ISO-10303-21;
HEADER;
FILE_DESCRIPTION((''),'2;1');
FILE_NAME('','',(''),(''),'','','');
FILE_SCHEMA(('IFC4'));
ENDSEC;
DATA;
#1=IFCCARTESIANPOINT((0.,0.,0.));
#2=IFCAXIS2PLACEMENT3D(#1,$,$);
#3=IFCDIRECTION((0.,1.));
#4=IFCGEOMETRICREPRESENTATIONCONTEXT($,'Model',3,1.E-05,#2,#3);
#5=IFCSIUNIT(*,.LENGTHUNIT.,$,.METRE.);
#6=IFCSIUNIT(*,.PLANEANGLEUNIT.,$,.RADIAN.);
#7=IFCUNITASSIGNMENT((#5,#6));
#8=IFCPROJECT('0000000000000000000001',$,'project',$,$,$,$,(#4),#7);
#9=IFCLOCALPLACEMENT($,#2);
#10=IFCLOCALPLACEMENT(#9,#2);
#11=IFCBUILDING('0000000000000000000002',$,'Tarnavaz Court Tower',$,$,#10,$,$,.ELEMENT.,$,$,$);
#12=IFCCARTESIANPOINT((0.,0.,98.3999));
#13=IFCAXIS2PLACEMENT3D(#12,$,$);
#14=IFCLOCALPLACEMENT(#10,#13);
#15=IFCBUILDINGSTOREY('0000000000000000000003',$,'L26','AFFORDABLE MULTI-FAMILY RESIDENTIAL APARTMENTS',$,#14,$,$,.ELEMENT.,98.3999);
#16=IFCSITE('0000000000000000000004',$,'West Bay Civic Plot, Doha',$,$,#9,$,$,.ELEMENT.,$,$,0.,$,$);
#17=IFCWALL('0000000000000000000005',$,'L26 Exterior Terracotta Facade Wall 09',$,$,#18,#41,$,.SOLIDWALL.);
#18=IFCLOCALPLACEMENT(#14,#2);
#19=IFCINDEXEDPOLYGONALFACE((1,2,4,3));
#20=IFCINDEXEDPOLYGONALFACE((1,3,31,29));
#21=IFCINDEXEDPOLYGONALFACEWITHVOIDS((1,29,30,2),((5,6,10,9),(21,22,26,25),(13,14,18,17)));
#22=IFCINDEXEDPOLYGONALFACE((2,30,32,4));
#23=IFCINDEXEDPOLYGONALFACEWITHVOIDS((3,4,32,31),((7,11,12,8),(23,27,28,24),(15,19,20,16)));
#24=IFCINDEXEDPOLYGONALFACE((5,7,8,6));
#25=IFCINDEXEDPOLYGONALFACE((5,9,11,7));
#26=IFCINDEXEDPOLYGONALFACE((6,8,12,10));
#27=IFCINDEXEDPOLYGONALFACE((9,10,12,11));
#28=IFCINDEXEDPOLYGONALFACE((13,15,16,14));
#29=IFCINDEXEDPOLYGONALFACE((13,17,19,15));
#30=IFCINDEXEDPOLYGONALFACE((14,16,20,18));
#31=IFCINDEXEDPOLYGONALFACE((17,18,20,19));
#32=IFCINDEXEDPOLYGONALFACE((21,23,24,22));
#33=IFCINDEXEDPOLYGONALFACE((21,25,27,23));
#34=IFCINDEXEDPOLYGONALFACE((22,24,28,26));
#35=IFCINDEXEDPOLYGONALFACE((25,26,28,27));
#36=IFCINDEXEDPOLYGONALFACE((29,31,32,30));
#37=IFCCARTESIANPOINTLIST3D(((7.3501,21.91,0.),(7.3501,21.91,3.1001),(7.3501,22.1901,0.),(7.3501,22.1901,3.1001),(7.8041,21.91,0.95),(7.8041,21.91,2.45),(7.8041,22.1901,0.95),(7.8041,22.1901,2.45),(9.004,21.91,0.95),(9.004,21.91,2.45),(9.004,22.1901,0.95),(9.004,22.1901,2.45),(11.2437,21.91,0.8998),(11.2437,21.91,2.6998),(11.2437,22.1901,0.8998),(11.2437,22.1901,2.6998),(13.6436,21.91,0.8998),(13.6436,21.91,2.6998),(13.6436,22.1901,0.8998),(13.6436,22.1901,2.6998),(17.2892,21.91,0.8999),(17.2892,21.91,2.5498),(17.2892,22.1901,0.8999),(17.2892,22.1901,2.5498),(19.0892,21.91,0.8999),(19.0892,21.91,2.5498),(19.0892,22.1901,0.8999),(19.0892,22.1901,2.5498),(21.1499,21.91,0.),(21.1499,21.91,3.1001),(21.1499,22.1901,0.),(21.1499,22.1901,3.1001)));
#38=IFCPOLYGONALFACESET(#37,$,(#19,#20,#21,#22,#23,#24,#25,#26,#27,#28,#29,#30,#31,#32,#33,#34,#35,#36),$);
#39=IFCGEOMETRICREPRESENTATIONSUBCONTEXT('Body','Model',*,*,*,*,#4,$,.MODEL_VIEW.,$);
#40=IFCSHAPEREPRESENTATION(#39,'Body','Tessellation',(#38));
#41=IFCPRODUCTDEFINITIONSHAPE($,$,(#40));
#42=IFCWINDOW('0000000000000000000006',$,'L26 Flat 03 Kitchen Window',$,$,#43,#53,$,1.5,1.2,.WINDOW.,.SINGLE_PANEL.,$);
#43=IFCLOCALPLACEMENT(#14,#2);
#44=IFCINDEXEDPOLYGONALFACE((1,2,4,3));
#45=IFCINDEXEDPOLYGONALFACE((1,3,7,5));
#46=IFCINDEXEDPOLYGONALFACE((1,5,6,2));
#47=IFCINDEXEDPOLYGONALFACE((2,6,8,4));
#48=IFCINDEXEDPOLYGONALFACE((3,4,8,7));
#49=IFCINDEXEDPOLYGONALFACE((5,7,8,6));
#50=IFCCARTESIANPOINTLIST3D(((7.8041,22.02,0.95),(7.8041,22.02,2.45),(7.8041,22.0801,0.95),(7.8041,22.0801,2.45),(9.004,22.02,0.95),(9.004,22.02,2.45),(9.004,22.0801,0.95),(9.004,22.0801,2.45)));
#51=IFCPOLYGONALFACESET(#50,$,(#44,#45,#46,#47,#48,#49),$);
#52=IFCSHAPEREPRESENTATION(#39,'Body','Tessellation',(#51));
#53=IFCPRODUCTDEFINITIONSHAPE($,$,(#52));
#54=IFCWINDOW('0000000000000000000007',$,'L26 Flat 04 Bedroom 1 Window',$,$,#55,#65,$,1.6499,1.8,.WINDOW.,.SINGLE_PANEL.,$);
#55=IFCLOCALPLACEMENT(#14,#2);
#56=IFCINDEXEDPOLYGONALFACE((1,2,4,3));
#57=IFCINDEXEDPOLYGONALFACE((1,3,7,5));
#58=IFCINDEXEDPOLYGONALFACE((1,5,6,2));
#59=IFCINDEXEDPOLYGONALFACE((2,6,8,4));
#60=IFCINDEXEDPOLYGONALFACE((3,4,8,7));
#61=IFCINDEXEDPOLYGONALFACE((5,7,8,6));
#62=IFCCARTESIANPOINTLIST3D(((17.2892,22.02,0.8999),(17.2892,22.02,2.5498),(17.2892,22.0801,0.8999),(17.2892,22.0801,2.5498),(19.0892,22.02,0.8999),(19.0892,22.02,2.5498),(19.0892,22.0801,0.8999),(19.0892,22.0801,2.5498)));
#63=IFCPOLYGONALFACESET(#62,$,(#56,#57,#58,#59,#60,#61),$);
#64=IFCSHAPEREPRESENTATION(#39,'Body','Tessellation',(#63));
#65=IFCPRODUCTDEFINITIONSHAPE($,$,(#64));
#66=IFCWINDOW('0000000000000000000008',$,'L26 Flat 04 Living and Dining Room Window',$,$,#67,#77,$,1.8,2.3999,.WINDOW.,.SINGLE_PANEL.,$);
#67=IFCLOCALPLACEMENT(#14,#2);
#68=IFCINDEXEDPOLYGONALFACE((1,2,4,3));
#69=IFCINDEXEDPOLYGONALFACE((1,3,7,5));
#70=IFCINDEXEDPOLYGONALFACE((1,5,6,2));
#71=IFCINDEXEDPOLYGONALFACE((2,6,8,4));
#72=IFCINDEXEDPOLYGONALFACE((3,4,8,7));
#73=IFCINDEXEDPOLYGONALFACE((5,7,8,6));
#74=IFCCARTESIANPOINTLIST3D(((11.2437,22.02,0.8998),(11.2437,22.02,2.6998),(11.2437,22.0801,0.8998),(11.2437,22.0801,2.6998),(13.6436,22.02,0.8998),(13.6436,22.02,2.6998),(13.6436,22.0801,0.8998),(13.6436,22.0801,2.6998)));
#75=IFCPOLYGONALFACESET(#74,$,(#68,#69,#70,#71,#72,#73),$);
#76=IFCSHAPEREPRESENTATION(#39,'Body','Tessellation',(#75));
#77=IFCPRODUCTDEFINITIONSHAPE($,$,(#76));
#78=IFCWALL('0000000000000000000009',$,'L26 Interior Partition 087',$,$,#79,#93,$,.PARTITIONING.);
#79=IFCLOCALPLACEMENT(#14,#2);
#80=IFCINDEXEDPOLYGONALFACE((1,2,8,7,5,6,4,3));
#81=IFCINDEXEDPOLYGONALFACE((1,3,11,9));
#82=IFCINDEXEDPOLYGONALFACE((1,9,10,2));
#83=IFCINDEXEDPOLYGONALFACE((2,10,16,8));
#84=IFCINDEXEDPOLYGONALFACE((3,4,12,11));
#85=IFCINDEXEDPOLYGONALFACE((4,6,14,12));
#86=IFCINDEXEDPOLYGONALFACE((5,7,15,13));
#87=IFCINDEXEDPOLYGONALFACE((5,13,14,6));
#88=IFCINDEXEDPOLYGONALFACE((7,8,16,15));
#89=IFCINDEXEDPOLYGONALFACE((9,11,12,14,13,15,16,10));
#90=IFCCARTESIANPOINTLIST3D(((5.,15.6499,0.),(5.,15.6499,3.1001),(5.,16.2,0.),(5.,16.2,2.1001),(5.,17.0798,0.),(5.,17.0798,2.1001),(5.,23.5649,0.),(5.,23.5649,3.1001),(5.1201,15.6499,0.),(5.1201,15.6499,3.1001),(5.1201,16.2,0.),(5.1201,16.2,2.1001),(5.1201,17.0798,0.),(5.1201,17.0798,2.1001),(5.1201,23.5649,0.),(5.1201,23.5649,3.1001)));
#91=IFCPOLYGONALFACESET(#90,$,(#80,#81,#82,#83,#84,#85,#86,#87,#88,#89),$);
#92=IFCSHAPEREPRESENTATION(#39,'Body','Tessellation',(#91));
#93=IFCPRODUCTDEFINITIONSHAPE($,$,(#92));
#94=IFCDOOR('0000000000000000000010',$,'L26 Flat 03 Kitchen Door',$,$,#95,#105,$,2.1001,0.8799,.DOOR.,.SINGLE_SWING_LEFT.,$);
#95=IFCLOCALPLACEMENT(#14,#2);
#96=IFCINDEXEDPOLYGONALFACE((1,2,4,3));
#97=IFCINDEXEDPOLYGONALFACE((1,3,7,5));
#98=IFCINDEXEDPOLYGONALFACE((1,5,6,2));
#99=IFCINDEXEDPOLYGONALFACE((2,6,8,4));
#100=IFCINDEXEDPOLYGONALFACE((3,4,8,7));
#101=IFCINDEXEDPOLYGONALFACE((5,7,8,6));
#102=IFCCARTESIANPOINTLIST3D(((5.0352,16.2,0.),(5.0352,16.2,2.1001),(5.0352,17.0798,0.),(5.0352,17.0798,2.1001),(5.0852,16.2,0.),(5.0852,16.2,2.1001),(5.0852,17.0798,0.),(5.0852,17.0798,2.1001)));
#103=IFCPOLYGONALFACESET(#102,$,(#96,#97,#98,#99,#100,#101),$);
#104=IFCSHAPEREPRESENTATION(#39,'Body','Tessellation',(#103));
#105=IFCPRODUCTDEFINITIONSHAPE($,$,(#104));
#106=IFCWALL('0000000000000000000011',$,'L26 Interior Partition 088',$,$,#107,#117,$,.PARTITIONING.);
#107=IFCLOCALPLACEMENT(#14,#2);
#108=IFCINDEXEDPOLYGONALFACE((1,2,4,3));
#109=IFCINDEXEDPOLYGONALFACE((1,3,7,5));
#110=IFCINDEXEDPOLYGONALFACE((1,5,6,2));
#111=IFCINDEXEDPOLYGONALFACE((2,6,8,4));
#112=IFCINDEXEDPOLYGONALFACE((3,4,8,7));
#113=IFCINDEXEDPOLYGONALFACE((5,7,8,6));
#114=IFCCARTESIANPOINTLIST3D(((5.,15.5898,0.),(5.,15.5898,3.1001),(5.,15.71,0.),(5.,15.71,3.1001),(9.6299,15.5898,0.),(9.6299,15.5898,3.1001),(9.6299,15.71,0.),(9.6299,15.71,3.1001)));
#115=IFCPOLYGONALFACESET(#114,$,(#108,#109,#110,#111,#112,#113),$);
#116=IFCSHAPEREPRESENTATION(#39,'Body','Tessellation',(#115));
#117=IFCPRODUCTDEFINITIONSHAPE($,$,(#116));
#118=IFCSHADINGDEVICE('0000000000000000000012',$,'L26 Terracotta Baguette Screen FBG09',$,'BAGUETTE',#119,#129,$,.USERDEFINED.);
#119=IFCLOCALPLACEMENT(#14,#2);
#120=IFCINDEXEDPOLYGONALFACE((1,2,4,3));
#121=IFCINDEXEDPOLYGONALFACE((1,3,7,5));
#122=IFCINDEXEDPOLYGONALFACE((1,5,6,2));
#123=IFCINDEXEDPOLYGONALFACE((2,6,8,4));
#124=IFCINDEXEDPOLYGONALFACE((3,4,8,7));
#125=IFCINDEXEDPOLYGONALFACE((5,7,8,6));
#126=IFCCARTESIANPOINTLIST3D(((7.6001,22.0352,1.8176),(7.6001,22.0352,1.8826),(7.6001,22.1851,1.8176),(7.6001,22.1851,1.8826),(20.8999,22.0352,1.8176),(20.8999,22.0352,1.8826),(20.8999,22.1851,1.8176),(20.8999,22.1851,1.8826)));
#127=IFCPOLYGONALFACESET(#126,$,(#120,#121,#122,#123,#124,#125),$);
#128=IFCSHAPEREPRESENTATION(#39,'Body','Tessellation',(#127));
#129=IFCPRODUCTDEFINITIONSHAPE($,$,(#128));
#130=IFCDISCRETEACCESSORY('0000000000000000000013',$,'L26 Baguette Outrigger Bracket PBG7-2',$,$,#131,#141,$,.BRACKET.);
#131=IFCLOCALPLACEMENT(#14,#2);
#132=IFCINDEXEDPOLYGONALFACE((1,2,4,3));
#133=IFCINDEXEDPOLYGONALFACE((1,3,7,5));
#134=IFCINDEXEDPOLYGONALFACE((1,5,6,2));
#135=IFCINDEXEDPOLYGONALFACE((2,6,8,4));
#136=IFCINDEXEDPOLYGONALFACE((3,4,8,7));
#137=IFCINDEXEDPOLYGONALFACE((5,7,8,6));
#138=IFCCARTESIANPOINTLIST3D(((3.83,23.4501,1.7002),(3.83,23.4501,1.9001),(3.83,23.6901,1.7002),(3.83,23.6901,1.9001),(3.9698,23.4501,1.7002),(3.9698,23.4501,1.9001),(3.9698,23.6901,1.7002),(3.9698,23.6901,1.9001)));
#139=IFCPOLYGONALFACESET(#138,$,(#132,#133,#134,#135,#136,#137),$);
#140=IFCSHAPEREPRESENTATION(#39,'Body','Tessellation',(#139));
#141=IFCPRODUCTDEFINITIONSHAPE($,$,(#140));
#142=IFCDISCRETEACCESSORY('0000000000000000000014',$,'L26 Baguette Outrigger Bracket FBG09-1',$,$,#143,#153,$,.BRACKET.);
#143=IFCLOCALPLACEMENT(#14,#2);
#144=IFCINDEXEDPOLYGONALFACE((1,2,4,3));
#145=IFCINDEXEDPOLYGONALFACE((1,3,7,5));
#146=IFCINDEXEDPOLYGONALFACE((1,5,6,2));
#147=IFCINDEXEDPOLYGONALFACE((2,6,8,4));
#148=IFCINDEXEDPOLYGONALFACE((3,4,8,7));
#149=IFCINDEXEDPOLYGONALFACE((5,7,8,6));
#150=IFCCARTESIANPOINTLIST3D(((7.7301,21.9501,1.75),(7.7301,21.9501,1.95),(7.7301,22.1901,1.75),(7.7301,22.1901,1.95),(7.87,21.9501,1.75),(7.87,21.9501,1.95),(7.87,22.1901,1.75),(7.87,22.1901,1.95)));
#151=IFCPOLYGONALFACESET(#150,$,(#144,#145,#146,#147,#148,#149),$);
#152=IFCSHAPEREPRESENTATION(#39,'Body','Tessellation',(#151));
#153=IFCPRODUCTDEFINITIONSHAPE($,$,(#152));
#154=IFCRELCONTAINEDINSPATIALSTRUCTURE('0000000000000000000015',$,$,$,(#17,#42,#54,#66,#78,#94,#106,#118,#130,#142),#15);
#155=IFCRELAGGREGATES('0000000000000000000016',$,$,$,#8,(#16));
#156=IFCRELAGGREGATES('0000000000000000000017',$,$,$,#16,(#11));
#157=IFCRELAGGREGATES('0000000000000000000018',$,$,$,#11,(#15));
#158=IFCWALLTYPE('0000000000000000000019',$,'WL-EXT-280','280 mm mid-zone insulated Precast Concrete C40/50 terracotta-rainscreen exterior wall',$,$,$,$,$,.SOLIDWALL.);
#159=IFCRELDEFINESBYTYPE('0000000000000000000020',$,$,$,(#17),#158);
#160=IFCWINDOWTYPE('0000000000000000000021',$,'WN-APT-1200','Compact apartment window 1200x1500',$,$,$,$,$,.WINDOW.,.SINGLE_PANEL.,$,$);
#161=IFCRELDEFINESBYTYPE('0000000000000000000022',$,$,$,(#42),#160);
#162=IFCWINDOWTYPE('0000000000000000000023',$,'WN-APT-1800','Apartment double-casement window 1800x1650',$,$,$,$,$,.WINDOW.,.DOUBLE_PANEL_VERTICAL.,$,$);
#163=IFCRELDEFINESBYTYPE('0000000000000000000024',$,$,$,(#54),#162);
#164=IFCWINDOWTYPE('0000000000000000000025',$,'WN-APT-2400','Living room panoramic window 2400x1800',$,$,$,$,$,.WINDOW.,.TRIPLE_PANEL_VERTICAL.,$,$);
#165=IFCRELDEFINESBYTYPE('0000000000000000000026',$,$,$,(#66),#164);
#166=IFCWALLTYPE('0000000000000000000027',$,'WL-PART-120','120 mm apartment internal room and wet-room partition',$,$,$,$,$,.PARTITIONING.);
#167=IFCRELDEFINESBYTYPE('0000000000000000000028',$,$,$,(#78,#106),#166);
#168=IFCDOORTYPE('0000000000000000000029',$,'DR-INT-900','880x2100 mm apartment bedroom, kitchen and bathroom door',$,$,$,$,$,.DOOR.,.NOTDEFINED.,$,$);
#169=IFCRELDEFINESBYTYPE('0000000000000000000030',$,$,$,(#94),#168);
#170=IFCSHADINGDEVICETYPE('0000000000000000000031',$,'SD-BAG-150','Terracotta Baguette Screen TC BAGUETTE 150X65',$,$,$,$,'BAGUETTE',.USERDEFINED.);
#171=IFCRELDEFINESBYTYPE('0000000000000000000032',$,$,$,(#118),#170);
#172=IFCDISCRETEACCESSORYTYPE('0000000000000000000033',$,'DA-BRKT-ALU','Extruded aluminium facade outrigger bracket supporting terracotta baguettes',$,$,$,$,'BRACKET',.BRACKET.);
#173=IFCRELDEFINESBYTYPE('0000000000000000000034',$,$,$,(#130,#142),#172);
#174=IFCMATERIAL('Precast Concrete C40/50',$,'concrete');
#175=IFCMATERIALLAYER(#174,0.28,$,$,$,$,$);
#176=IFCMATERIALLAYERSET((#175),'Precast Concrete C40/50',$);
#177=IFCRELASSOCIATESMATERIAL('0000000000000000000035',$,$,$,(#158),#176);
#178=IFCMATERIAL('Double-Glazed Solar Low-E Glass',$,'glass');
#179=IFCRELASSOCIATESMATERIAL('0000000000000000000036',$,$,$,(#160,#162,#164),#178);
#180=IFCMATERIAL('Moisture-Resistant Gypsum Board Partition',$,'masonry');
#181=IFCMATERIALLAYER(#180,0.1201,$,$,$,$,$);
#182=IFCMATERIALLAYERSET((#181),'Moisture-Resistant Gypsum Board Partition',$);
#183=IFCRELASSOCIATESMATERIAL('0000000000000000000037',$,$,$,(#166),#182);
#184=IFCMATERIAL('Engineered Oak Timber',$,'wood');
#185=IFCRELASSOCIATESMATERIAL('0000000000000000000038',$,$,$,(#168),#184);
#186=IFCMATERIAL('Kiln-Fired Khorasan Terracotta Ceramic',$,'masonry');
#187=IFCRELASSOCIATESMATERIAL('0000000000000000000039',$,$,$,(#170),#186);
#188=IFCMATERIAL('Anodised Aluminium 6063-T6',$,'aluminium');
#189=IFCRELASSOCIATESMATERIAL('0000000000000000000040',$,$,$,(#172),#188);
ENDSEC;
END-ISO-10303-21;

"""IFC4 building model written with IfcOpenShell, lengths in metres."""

from ifc_helpers import new_model, si_unit, direction, frame, frame_2d, origin, origin_2d, place, context, subcontext, project, spatial, rectangle, extrude, material, layer, layer_set, material_profile, profile_set, type_object, element, fill, save


model = new_model("IFC4")

# Units and contexts
model_context = context("Model", 3, precision=1e-05, world=origin(), true_north=direction((0.0, 1.0)))
body_context = subcontext(model_context, "Body", "Model", "MODEL_VIEW")
ifc_project = project(units=[si_unit("LENGTHUNIT", "METRE"), si_unit("PLANEANGLEUNIT", "RADIAN")], contexts=[model_context])

# Site, building, storey
site_placement = place(None, origin())
site = spatial("IfcSite", under=ifc_project, at=site_placement, Name="West Bay Civic Plot, Doha", CompositionType="ELEMENT", RefElevation=0.0)
building_placement = place(site_placement, origin())
building = spatial("IfcBuilding", under=site, at=building_placement, Name="Tarnavaz Court Tower", CompositionType="ELEMENT")
storey_placement = place(building_placement, frame((0.0, 0.0, 98.3999)))
storey = spatial("IfcBuildingStorey", under=building, at=storey_placement, Name="L26", Description="AFFORDABLE MULTI-FAMILY RESIDENTIAL APARTMENTS", CompositionType="ELEMENT", Elevation=98.3999)

# Shared definitions
ifc_material_1 = material(Name="Anodised Aluminium 6063-T6", Category="aluminium")
ifc_material_2 = material(Name="Double-Glazed Solar Low-E Glass", Category="glass")

# Shared definitions
ifc_material_3 = material(Name="Precast Concrete C40/50", Category="concrete")
ifc_layer_1 = layer(ifc_material_3, 0.28)
ifc_layer_set_1 = layer_set([ifc_layer_1], Name="Precast Concrete C40/50")
wall_type_1 = type_object("IfcWallType", Name="WL-EXT-280", Description="280 mm mid-zone insulated Precast Concrete C40/50 terracotta-rainscreen exterior wall", PredefinedType="SOLIDWALL", material=ifc_layer_set_1)
window_type_1 = type_object("IfcWindowType", Name="WN-APT-1200", Description="Compact apartment window 1200x1500", PartitioningType="SINGLE_PANEL", PredefinedType="WINDOW", material=ifc_material_2)

# Wall, openings, windows
wall_1_placement = place(storey_placement, frame((7.3501, 22.05, 0.0), z_axis=(0.0, 0.0, 1.0), x_axis=(1.0, 0.0, 0.0)))
wall_1 = element("IfcWall", 1, at=wall_1_placement, inside=storey, type_object=wall_type_1, Name="L26 Exterior Terracotta Facade Wall 09", PredefinedType="SOLIDWALL", context=body_context, shape_type="SweptSolid", body=[
    extrude(rectangle(XDim=13.7998, YDim=0.28, at=frame_2d((6.8999, 0.0))), origin(), (0.0, 0.0, 1.0), 3.1001),
])
opening_1_placement = place(wall_1_placement, frame((0.4539, 0.0, 0.95)))
opening_1 = element("IfcOpeningElement", 2, at=opening_1_placement, cuts=wall_1, PredefinedType="OPENING", context=body_context, shape_type="SweptSolid", body=[
    extrude(rectangle(XDim=1.2, YDim=1.5, at=frame_2d((0.6001, 0.75))), frame((0.0, 0.1499, 0.0), z_axis=(0.0, -1.0, 0.0), x_axis=(1.0, 0.0, 0.0)), (0.0, 0.0, 1.0), 0.3),
])
opening_2_placement = place(wall_1_placement, frame((3.8936, 0.0, 0.8999)))
opening_2 = element("IfcOpeningElement", 3, at=opening_2_placement, cuts=wall_1, PredefinedType="OPENING", context=body_context, shape_type="SweptSolid", body=[
    extrude(rectangle(XDim=2.3999, YDim=1.8, at=frame_2d((1.2, 0.8999))), frame((0.0, 0.1499, 0.0), z_axis=(0.0, -1.0, 0.0), x_axis=(1.0, 0.0, 0.0)), (0.0, 0.0, 1.0), 0.3),
])
opening_3_placement = place(wall_1_placement, frame((9.9392, 0.0, 0.8999)))
opening_3 = element("IfcOpeningElement", 4, at=opening_3_placement, cuts=wall_1, PredefinedType="OPENING", context=body_context, shape_type="SweptSolid", body=[
    extrude(rectangle(XDim=1.8, YDim=1.6499, at=frame_2d((0.8999, 0.825))), frame((0.0, 0.1499, 0.0), z_axis=(0.0, -1.0, 0.0), x_axis=(1.0, 0.0, 0.0)), (0.0, 0.0, 1.0), 0.3),
])
window_1_placement = place(opening_1_placement, origin())
window_1 = element("IfcWindow", 5, at=window_1_placement, inside=storey, type_object=window_type_1, Name="L26 Flat 03 Kitchen Window", OverallHeight=1.5, OverallWidth=1.2, PartitioningType="SINGLE_PANEL", PredefinedType="WINDOW", context=body_context, shape_type="SweptSolid", body=[
    extrude(rectangle(XDim=1.2, YDim=1.5, at=frame_2d((0.6001, 0.75))), frame((0.0, 0.03, 0.0), z_axis=(0.0, -1.0, 0.0), x_axis=(1.0, 0.0, 0.0)), (0.0, 0.0, 1.0), 0.0601),
])
fill(opening_1, window_1)
window_type_2 = type_object("IfcWindowType", Name="WN-APT-1800", Description="Apartment double-casement window 1800x1650", PartitioningType="DOUBLE_PANEL_VERTICAL", PredefinedType="WINDOW", material=ifc_material_2)
window_2_placement = place(opening_3_placement, origin())
window_2 = element("IfcWindow", 6, at=window_2_placement, inside=storey, type_object=window_type_2, Name="L26 Flat 04 Bedroom 1 Window", OverallHeight=1.6499, OverallWidth=1.8, PartitioningType="SINGLE_PANEL", PredefinedType="WINDOW", context=body_context, shape_type="SweptSolid", body=[
    extrude(rectangle(XDim=1.8, YDim=1.6499, at=frame_2d((0.8999, 0.825))), frame((0.0, 0.03, 0.0), z_axis=(0.0, -1.0, 0.0), x_axis=(1.0, 0.0, 0.0)), (0.0, 0.0, 1.0), 0.0601),
])
fill(opening_3, window_2)
window_type_3 = type_object("IfcWindowType", Name="WN-APT-2400", Description="Living room panoramic window 2400x1800", PartitioningType="TRIPLE_PANEL_VERTICAL", PredefinedType="WINDOW", material=ifc_material_2)
window_3_placement = place(opening_2_placement, origin())
window_3 = element("IfcWindow", 7, at=window_3_placement, inside=storey, type_object=window_type_3, Name="L26 Flat 04 Living and Dining Room Window", OverallHeight=1.8, OverallWidth=2.3999, PartitioningType="SINGLE_PANEL", PredefinedType="WINDOW", context=body_context, shape_type="SweptSolid", body=[
    extrude(rectangle(XDim=2.3999, YDim=1.8, at=frame_2d((1.2, 0.8999))), frame((0.0, 0.03, 0.0), z_axis=(0.0, -1.0, 0.0), x_axis=(1.0, 0.0, 0.0)), (0.0, 0.0, 1.0), 0.0601),
])
fill(opening_2, window_3)

# Wall, opening, door
ifc_material_4 = material(Name="Moisture-Resistant Gypsum Board Partition", Category="masonry")
ifc_layer_2 = layer(ifc_material_4, 0.1201)
ifc_layer_set_2 = layer_set([ifc_layer_2], Name="Moisture-Resistant Gypsum Board Partition")
wall_type_2 = type_object("IfcWallType", Name="WL-PART-120", Description="120 mm apartment internal room and wet-room partition", PredefinedType="PARTITIONING", material=ifc_layer_set_2)
wall_2_placement = place(storey_placement, frame((5.0601, 15.6499, 0.0), z_axis=(0.0, 0.0, 1.0), x_axis=(0.0, 1.0, 0.0)))
wall_2 = element("IfcWall", 8, at=wall_2_placement, inside=storey, type_object=wall_type_2, Name="L26 Interior Partition 087", PredefinedType="PARTITIONING", context=body_context, shape_type="SweptSolid", body=[
    extrude(rectangle(XDim=7.915, YDim=0.1201, at=frame_2d((3.9575, 0.0))), origin(), (0.0, 0.0, 1.0), 3.1001),
])
opening_4_placement = place(wall_2_placement, frame((0.55, 0.0, 0.0)))
opening_4 = element("IfcOpeningElement", 9, at=opening_4_placement, cuts=wall_2, PredefinedType="OPENING", context=body_context, shape_type="SweptSolid", body=[
    extrude(rectangle(XDim=0.8799, YDim=2.1001, at=frame_2d((0.4399, 1.05))), frame((0.0, 0.0701, 0.0), z_axis=(0.0, -1.0, 0.0), x_axis=(1.0, 0.0, 0.0)), (0.0, 0.0, 1.0), 0.1401),
])
ifc_material_5 = material(Name="Engineered Oak Timber", Category="wood")
door_type = type_object("IfcDoorType", Name="DR-INT-900", Description="880x2100 mm apartment bedroom, kitchen and bathroom door", OperationType="NOTDEFINED", PredefinedType="DOOR", material=ifc_material_5)
door_placement = place(opening_4_placement, origin())
door = element("IfcDoor", 10, at=door_placement, inside=storey, type_object=door_type, Name="L26 Flat 03 Kitchen Door", OperationType="SINGLE_SWING_LEFT", OverallHeight=2.1001, OverallWidth=0.8799, PredefinedType="DOOR", context=body_context, shape_type="SweptSolid", body=[
    extrude(rectangle(XDim=0.8799, YDim=2.1001, at=frame_2d((0.4399, 1.05))), frame((0.0, 0.0249, 0.0), z_axis=(0.0, -1.0, 0.0), x_axis=(1.0, 0.0, 0.0)), (0.0, 0.0, 1.0), 0.05),
])
fill(opening_4, door)

# Wall
wall_3_placement = place(storey_placement, frame((5.0, 15.6499, 0.0), z_axis=(0.0, 0.0, 1.0), x_axis=(1.0, 0.0, 0.0)))
element("IfcWall", 11, at=wall_3_placement, inside=storey, type_object=wall_type_2, Name="L26 Interior Partition 088", PredefinedType="PARTITIONING", context=body_context, shape_type="SweptSolid", body=[
    extrude(rectangle(XDim=4.6299, YDim=0.1201, at=frame_2d((2.3149, 0.0))), origin(), (0.0, 0.0, 1.0), 3.1001),
])

# Shading device
ifc_material_6 = material(Name="Kiln-Fired Khorasan Terracotta Ceramic", Category="masonry")
ifc_material_profile_1 = material_profile(ifc_material_6, rectangle(XDim=0.1499, YDim=0.0649, at=origin_2d()), Name="TC BAGUETTE 150X65")
ifc_profile_set_1 = profile_set([ifc_material_profile_1], Name="Kiln-Fired Khorasan Terracotta Ceramic")
shading_device_type = type_object("IfcShadingDeviceType", Name="SD-BAG-150", Description="Terracotta Baguette Screen TC BAGUETTE 150X65", ElementType="BAGUETTE", PredefinedType="USERDEFINED", material=ifc_profile_set_1)
shading_device_placement = place(storey_placement, frame((7.6001, 22.1101, 1.8501), z_axis=(1.0, 0.0, 0.0), x_axis=(0.0, 1.0, 0.0)))
element("IfcShadingDevice", 12, at=shading_device_placement, inside=storey, type_object=shading_device_type, Name="L26 Terracotta Baguette Screen FBG09", ObjectType="BAGUETTE", PredefinedType="USERDEFINED", context=body_context, shape_type="SweptSolid", body=[
    extrude(rectangle(XDim=0.1499, YDim=0.0649, at=origin_2d()), origin(), (0.0, 0.0, 1.0), 13.2998),
])

# Discrete accessories
discrete_accessory_type = type_object("IfcDiscreteAccessoryType", Name="DA-BRKT-ALU", Description="Extruded aluminium facade outrigger bracket supporting terracotta baguettes", ElementType="BRACKET", PredefinedType="BRACKET", material=ifc_material_1)
for number, where, z_axis, x_axis, name in (
    (13, (3.8999, 23.5701, 1.7002), (0.0, 0.0, 1.0), (1.0, 0.0, 0.0), "L26 Baguette Outrigger Bracket PBG7-2"),
    (14, (7.8, 22.0701, 1.75), (0.0, 0.0, 1.0), (1.0, 0.0, 0.0), "L26 Baguette Outrigger Bracket FBG09-1"),
):
    element("IfcDiscreteAccessory", number, at=place(storey_placement, frame(where, z_axis=z_axis, x_axis=x_axis)), inside=storey, type_object=discrete_accessory_type, Name=name, PredefinedType="BRACKET", context=body_context, shape_type="SweptSolid", body=[
        extrude(rectangle(XDim=0.1399, YDim=0.24, at=origin_2d()), origin(), (0.0, 0.0, 1.0), 0.2),
    ])

save(model, "model.ifc")
